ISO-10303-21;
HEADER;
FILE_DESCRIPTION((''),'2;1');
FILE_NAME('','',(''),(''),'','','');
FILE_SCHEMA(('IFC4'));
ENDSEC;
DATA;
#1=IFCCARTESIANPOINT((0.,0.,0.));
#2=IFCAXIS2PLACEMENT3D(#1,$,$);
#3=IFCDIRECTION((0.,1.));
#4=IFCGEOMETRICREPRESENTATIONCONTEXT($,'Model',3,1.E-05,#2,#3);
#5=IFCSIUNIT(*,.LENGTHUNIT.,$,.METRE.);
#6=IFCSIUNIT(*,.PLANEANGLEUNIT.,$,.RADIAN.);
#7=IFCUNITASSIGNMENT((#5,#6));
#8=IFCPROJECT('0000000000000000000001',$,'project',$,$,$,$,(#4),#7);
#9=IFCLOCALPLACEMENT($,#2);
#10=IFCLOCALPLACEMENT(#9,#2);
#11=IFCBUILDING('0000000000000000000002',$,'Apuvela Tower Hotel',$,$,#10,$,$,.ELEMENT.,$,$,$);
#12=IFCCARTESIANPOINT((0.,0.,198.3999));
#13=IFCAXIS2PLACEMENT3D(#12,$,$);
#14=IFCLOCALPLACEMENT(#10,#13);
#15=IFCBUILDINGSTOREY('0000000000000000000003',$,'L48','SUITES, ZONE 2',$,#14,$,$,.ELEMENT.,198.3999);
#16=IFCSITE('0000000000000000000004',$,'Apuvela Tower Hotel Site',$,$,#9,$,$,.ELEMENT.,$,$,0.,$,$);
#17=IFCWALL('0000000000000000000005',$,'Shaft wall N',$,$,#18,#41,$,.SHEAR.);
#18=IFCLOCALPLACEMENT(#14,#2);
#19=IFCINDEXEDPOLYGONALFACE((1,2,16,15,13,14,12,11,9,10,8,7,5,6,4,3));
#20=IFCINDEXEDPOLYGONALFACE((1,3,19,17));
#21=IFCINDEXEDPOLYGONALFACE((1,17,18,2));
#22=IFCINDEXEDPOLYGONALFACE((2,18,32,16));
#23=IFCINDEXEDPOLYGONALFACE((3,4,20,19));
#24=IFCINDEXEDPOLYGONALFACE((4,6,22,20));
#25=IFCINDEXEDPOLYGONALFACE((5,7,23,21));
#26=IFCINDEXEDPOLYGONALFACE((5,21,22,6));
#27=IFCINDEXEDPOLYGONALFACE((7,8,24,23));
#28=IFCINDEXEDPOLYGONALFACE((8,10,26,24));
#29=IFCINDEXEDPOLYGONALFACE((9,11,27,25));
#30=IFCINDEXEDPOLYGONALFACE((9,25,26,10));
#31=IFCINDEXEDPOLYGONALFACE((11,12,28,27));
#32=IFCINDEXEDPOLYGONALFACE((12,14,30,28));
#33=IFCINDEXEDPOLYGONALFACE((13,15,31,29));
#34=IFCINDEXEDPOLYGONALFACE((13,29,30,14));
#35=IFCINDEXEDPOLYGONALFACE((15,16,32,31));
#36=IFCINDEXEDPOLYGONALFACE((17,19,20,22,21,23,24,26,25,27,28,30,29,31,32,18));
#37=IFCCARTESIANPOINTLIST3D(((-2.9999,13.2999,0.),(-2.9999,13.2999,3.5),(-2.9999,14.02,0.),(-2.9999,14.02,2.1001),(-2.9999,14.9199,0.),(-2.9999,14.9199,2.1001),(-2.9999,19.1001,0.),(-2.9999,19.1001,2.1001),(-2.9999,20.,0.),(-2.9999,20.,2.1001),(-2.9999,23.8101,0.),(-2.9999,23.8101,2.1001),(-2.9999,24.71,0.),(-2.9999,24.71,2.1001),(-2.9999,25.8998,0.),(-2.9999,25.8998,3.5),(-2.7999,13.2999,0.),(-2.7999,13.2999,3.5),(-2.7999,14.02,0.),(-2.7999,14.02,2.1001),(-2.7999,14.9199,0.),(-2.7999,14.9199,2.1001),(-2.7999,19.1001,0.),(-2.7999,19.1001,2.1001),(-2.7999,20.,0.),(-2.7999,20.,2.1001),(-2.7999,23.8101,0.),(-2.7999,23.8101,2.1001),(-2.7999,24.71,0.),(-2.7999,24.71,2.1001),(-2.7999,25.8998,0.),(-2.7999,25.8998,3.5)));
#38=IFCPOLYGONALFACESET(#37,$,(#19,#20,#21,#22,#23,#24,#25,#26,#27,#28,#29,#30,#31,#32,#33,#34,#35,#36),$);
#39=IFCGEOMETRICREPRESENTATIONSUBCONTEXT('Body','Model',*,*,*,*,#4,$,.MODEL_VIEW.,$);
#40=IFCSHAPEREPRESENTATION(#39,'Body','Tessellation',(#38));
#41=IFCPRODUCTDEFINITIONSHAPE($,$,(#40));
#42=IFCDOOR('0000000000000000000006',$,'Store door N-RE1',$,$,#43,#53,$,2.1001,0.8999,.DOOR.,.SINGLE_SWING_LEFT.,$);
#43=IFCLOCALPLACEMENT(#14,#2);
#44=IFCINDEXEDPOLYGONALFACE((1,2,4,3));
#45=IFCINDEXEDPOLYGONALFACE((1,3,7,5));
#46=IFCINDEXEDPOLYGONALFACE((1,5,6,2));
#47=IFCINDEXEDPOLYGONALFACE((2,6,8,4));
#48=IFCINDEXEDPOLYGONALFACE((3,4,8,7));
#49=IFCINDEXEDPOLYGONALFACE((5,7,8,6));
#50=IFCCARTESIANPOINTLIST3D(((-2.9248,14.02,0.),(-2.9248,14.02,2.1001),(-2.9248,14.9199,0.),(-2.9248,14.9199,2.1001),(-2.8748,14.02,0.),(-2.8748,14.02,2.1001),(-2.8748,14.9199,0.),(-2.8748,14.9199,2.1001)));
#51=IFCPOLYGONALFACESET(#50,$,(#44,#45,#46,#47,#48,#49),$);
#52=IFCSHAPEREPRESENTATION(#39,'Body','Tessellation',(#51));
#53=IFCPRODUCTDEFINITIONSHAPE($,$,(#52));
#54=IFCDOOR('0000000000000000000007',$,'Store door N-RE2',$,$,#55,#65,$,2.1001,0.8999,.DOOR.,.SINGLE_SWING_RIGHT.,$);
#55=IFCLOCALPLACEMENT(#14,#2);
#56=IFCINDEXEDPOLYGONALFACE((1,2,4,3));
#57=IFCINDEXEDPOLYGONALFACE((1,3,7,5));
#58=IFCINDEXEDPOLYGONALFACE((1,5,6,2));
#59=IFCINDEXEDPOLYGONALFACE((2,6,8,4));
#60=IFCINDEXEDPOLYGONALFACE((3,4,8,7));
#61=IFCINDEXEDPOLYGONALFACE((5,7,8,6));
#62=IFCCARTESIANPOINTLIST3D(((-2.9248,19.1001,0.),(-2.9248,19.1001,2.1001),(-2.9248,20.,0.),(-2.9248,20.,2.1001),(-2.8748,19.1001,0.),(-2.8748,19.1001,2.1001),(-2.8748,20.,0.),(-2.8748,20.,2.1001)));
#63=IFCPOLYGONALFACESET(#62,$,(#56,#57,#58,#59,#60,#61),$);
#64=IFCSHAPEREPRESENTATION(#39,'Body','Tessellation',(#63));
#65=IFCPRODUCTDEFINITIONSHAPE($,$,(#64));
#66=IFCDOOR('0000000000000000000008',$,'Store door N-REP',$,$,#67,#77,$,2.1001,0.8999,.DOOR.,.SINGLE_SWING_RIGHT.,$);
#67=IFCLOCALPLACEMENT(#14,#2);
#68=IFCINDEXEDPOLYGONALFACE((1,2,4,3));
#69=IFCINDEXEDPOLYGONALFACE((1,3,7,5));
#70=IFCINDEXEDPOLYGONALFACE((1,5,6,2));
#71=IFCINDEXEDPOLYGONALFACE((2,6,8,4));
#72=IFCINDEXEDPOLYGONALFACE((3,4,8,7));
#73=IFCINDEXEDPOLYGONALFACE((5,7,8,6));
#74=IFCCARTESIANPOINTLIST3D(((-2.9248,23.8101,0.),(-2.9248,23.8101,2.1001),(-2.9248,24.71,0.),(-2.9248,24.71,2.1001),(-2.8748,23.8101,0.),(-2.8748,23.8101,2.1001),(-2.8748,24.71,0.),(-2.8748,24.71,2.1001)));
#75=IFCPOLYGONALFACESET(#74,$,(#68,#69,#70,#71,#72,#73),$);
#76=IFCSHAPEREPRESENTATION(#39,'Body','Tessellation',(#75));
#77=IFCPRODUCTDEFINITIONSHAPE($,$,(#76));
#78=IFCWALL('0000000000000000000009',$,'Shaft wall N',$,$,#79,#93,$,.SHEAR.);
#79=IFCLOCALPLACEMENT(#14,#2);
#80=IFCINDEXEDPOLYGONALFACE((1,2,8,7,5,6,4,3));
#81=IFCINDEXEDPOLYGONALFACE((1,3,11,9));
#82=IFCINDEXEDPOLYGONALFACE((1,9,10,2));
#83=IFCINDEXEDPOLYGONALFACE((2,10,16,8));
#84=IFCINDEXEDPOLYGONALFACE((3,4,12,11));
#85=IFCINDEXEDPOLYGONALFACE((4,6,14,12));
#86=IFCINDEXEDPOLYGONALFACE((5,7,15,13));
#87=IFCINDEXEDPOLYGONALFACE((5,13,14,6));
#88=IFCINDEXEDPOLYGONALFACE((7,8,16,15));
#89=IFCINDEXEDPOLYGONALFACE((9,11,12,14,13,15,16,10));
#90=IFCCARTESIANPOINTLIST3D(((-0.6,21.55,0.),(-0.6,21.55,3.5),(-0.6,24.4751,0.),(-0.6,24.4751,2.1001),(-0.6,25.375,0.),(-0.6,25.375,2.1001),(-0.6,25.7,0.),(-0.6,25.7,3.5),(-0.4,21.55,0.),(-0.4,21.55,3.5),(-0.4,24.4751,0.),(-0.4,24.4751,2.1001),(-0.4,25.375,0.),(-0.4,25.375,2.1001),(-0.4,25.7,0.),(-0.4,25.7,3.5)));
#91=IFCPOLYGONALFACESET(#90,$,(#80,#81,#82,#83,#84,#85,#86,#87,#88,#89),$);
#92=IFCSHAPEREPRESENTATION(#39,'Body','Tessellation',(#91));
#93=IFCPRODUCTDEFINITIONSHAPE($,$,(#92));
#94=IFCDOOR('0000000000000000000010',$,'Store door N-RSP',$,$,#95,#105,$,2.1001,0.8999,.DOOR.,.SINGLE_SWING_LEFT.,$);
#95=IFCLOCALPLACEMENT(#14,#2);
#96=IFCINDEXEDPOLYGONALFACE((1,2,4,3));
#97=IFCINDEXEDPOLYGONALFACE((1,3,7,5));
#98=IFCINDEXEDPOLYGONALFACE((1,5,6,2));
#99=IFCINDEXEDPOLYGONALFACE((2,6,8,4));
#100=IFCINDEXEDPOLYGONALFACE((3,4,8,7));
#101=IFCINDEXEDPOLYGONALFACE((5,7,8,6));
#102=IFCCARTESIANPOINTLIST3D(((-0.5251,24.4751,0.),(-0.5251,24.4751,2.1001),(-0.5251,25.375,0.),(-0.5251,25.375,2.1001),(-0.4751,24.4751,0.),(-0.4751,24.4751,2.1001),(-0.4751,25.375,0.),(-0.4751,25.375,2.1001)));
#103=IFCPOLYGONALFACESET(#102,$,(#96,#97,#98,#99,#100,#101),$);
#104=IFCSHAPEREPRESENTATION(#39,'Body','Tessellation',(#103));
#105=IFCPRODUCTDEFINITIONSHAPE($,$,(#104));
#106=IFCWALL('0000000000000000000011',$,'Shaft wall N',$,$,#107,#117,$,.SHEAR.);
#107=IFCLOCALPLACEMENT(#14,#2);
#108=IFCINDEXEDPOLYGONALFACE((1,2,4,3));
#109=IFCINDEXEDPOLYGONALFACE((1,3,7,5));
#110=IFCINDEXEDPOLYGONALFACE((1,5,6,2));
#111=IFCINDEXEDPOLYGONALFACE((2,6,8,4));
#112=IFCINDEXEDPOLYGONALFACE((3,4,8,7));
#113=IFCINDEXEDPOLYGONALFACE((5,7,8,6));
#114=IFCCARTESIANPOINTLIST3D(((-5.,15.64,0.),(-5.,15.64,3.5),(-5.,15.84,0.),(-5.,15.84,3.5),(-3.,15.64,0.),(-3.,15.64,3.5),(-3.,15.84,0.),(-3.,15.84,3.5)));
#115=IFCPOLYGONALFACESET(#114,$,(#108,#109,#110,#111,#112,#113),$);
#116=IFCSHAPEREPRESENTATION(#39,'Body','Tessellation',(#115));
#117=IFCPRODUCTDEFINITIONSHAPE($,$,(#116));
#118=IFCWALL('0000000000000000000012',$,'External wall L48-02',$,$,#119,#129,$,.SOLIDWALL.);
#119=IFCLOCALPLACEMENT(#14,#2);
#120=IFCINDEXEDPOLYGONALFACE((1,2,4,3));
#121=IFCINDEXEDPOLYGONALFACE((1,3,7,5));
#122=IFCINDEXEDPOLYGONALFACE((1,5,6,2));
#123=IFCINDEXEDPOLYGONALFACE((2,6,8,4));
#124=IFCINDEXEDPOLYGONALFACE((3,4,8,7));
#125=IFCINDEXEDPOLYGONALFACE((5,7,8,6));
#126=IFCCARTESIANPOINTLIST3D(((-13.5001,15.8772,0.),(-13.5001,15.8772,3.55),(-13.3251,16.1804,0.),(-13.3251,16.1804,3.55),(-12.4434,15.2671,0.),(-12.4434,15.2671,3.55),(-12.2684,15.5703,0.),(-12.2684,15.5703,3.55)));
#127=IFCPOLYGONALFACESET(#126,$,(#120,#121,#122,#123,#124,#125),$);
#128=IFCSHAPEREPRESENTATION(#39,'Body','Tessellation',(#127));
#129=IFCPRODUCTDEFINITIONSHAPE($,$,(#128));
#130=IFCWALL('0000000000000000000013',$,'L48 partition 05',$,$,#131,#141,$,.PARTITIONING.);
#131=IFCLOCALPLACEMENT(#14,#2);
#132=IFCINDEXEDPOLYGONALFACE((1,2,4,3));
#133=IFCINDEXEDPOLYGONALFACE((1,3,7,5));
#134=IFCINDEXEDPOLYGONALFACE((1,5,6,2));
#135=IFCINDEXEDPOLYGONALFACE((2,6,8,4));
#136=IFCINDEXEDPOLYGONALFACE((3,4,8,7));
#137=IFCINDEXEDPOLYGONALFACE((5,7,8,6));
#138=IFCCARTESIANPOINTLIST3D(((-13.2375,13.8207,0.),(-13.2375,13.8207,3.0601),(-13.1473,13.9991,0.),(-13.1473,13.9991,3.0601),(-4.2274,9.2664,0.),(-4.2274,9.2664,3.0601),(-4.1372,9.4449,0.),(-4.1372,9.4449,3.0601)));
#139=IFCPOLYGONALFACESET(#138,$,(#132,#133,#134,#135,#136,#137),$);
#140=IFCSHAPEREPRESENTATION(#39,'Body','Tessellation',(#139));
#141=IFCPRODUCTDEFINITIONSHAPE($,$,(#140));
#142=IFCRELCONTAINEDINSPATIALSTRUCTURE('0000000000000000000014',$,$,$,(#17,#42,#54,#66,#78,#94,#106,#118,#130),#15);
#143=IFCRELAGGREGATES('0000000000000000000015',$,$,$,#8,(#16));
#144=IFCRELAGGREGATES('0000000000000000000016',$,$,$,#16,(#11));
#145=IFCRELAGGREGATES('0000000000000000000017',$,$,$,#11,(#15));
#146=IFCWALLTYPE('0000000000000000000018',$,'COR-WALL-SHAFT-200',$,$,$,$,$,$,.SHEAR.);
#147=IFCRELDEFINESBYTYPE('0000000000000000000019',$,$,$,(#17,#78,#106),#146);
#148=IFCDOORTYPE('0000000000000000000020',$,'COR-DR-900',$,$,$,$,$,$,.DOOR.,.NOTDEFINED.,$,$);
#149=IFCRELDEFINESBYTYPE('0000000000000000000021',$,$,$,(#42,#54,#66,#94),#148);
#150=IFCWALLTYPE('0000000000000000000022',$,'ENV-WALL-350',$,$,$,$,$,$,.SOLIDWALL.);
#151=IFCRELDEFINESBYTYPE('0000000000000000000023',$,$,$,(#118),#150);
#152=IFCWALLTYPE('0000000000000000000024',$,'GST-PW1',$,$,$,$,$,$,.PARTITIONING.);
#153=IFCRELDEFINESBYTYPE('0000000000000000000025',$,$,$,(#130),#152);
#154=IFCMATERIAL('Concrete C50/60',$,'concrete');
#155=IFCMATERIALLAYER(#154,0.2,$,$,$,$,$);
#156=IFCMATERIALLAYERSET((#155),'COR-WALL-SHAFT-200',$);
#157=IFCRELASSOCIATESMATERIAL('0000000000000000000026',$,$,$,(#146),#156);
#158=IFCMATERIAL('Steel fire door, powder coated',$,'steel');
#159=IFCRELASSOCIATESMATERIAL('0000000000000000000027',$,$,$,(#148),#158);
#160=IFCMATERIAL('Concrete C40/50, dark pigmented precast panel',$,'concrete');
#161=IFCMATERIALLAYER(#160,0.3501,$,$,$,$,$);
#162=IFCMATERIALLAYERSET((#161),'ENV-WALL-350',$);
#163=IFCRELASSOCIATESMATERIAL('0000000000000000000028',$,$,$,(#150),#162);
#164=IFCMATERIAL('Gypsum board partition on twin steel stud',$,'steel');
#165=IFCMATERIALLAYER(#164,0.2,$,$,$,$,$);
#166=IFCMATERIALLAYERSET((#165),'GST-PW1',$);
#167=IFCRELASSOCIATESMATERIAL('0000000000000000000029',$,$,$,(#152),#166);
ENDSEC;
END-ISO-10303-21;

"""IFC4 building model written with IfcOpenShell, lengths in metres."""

from ifc_helpers import new_model, si_unit, direction, frame, frame_2d, origin, place, context, subcontext, project, spatial, rectangle, extrude, material, layer, layer_set, type_object, element, fill, save


model = new_model("IFC4")

# Units and contexts
model_context = context("Model", 3, precision=1e-05, world=origin(), true_north=direction((0.0, 1.0)))
body_context = subcontext(model_context, "Body", "Model", "MODEL_VIEW")
ifc_project = project(units=[si_unit("LENGTHUNIT", "METRE"), si_unit("PLANEANGLEUNIT", "RADIAN")], contexts=[model_context])

# Site, building, storey
site_placement = place(None, origin())
site = spatial("IfcSite", under=ifc_project, at=site_placement, Name="Apuvela Tower Hotel Site", CompositionType="ELEMENT", RefElevation=0.0)
building_placement = place(site_placement, origin())
building = spatial("IfcBuilding", under=site, at=building_placement, Name="Apuvela Tower Hotel", CompositionType="ELEMENT")
storey_placement = place(building_placement, frame((0.0, 0.0, 198.3999)))
storey = spatial("IfcBuildingStorey", under=building, at=storey_placement, Name="L48", Description="SUITES, ZONE 2", CompositionType="ELEMENT", Elevation=198.3999)

# Shared definitions
ifc_material_1 = material(Name="Concrete C50/60", Category="concrete")
ifc_layer_1 = layer(ifc_material_1, 0.2)
ifc_layer_set_1 = layer_set([ifc_layer_1], Name="COR-WALL-SHAFT-200")
wall_type_1 = type_object("IfcWallType", Name="COR-WALL-SHAFT-200", PredefinedType="SHEAR", material=ifc_layer_set_1)

# Wall, openings, doors
wall_1_placement = place(storey_placement, frame((-2.8999, 13.3, 0.0), z_axis=(0.0, 0.0, 1.0), x_axis=(0.0, 1.0, 0.0)))
wall_1 = element("IfcWall", 1, at=wall_1_placement, inside=storey, type_object=wall_type_1, Name="Shaft wall N", PredefinedType="SHEAR", context=body_context, shape_type="SweptSolid", body=[
    extrude(rectangle(XDim=12.5999, YDim=0.2, at=frame_2d((6.2998, 0.0))), origin(), (0.0, 0.0, 1.0), 3.5),
])
opening_1_placement = place(wall_1_placement, frame((0.72, 0.0, 0.0)))
opening_1 = element("IfcOpeningElement", 2, at=opening_1_placement, cuts=wall_1, PredefinedType="OPENING", context=body_context, shape_type="SweptSolid", body=[
    extrude(rectangle(XDim=0.8999, YDim=2.1001, at=frame_2d((0.45, 1.05))), frame((0.0, 0.1099, 0.0), z_axis=(0.0, -1.0, 0.0), x_axis=(1.0, 0.0, 0.0)), (0.0, 0.0, 1.0), 0.22),
])
opening_2_placement = place(wall_1_placement, frame((5.8, 0.0, 0.0)))
opening_2 = element("IfcOpeningElement", 3, at=opening_2_placement, cuts=wall_1, PredefinedType="OPENING", context=body_context, shape_type="SweptSolid", body=[
    extrude(rectangle(XDim=0.8999, YDim=2.1001, at=frame_2d((0.45, 1.05))), frame((0.0, 0.1099, 0.0), z_axis=(0.0, -1.0, 0.0), x_axis=(1.0, 0.0, 0.0)), (0.0, 0.0, 1.0), 0.22),
])
opening_3_placement = place(wall_1_placement, frame((10.51, 0.0, 0.0)))
opening_3 = element("IfcOpeningElement", 4, at=opening_3_placement, cuts=wall_1, PredefinedType="OPENING", context=body_context, shape_type="SweptSolid", body=[
    extrude(rectangle(XDim=0.8999, YDim=2.1001, at=frame_2d((0.45, 1.05))), frame((0.0, 0.1099, 0.0), z_axis=(0.0, -1.0, 0.0), x_axis=(1.0, 0.0, 0.0)), (0.0, 0.0, 1.0), 0.22),
])
ifc_material_2 = material(Name="Steel fire door, powder coated", Category="steel")
door_type_1 = type_object("IfcDoorType", Name="COR-DR-900", OperationType="NOTDEFINED", PredefinedType="DOOR", material=ifc_material_2)
door_1_placement = place(opening_1_placement, origin())
door_1 = element("IfcDoor", 5, at=door_1_placement, inside=storey, type_object=door_type_1, Name="Store door N-RE1", OperationType="SINGLE_SWING_LEFT", OverallHeight=2.1001, OverallWidth=0.8999, PredefinedType="DOOR", context=body_context, shape_type="SweptSolid", body=[
    extrude(rectangle(XDim=0.8999, YDim=2.1001, at=frame_2d((0.45, 1.05))), frame((0.0, 0.0249, 0.0), z_axis=(0.0, -1.0, 0.0), x_axis=(1.0, 0.0, 0.0)), (0.0, 0.0, 1.0), 0.05),
])
fill(opening_1, door_1)
door_2_placement = place(opening_2_placement, origin())
door_2 = element("IfcDoor", 6, at=door_2_placement, inside=storey, type_object=door_type_1, Name="Store door N-RE2", OperationType="SINGLE_SWING_RIGHT", OverallHeight=2.1001, OverallWidth=0.8999, PredefinedType="DOOR", context=body_context, shape_type="SweptSolid", body=[
    extrude(rectangle(XDim=0.8999, YDim=2.1001, at=frame_2d((0.45, 1.05))), frame((0.0, 0.0249, 0.0), z_axis=(0.0, -1.0, 0.0), x_axis=(1.0, 0.0, 0.0)), (0.0, 0.0, 1.0), 0.05),
])
fill(opening_2, door_2)
door_3_placement = place(opening_3_placement, origin())
door_3 = element("IfcDoor", 7, at=door_3_placement, inside=storey, type_object=door_type_1, Name="Store door N-REP", OperationType="SINGLE_SWING_RIGHT", OverallHeight=2.1001, OverallWidth=0.8999, PredefinedType="DOOR", context=body_context, shape_type="SweptSolid", body=[
    extrude(rectangle(XDim=0.8999, YDim=2.1001, at=frame_2d((0.45, 1.05))), frame((0.0, 0.0249, 0.0), z_axis=(0.0, -1.0, 0.0), x_axis=(1.0, 0.0, 0.0)), (0.0, 0.0, 1.0), 0.05),
])
fill(opening_3, door_3)

# Wall, opening, door
wall_2_placement = place(storey_placement, frame((-0.5, 21.55, 0.0), z_axis=(0.0, 0.0, 1.0), x_axis=(0.0, 1.0, 0.0)))
wall_2 = element("IfcWall", 8, at=wall_2_placement, inside=storey, type_object=wall_type_1, Name="Shaft wall N", PredefinedType="SHEAR", context=body_context, shape_type="SweptSolid", body=[
    extrude(rectangle(XDim=4.1499, YDim=0.2, at=frame_2d((2.075, 0.0))), origin(), (0.0, 0.0, 1.0), 3.5),
])
opening_4_placement = place(wall_2_placement, frame((2.925, 0.0, 0.0)))
opening_4 = element("IfcOpeningElement", 9, at=opening_4_placement, cuts=wall_2, PredefinedType="OPENING", context=body_context, shape_type="SweptSolid", body=[
    extrude(rectangle(XDim=0.8999, YDim=2.1001, at=frame_2d((0.45, 1.05))), frame((0.0, 0.1099, 0.0), z_axis=(0.0, -1.0, 0.0), x_axis=(1.0, 0.0, 0.0)), (0.0, 0.0, 1.0), 0.22),
])
door_4_placement = place(opening_4_placement, frame((0.8999, 0.0, 0.0), z_axis=(0.0, 0.0, 1.0), x_axis=(-1.0, 0.0, 0.0)))
door_4 = element("IfcDoor", 10, at=door_4_placement, inside=storey, type_object=door_type_1, Name="Store door N-RSP", OperationType="SINGLE_SWING_LEFT", OverallHeight=2.1001, OverallWidth=0.8999, PredefinedType="DOOR", context=body_context, shape_type="SweptSolid", body=[
    extrude(rectangle(XDim=0.8999, YDim=2.1001, at=frame_2d((0.45, 1.05))), frame((0.0, 0.0249, 0.0), z_axis=(0.0, -1.0, 0.0), x_axis=(1.0, 0.0, 0.0)), (0.0, 0.0, 1.0), 0.05),
])
fill(opening_4, door_4)

# Walls
wall_3_placement = place(storey_placement, frame((-3.0, 15.74, 0.0), z_axis=(0.0, 0.0, 1.0), x_axis=(-1.0, 0.0, 0.0)))
element("IfcWall", 11, at=wall_3_placement, inside=storey, type_object=wall_type_1, Name="Shaft wall N", PredefinedType="SHEAR", context=body_context, shape_type="SweptSolid", body=[
    extrude(rectangle(XDim=2.0, YDim=0.2, at=frame_2d((1.0, 0.0))), origin(), (0.0, 0.0, 1.0), 3.5),
])
ifc_material_3 = material(Name="Concrete C40/50, dark pigmented precast panel", Category="concrete")
ifc_layer_2 = layer(ifc_material_3, 0.3501)
ifc_layer_set_2 = layer_set([ifc_layer_2], Name="ENV-WALL-350")
wall_type_2 = type_object("IfcWallType", Name="ENV-WALL-350", PredefinedType="SOLIDWALL", material=ifc_layer_set_2)
wall_4_placement = place(storey_placement, frame((-13.4126, 16.0288, 0.0), z_axis=(0.0, 0.0, 1.0), x_axis=(0.866006, -0.500034, 0.0)))
element("IfcWall", 12, at=wall_4_placement, inside=storey, type_object=wall_type_2, Name="External wall L48-02", PredefinedType="SOLIDWALL", context=body_context, shape_type="SweptSolid", body=[
    extrude(rectangle(XDim=1.2202, YDim=0.3501, at=frame_2d((0.6101, 0.0))), origin(), (0.0, 0.0, 1.0), 3.55),
])

# Wall
ifc_material_4 = material(Name="Gypsum board partition on twin steel stud", Category="steel")
ifc_layer_3 = layer(ifc_material_4, 0.2)
ifc_layer_set_3 = layer_set([ifc_layer_3], Name="GST-PW1")
wall_type_3 = type_object("IfcWallType", Name="GST-PW1", PredefinedType="PARTITIONING", material=ifc_layer_set_3)
wall_5_placement = place(storey_placement, frame((-13.1924, 13.9099, 0.0), z_axis=(0.0, 0.0, 1.0), x_axis=(0.89247, -0.451108, 0.0)))
element("IfcWall", 13, at=wall_5_placement, inside=storey, type_object=wall_type_3, Name="L48 partition 05", PredefinedType="PARTITIONING", context=body_context, shape_type="SweptSolid", body=[
    extrude(rectangle(XDim=10.0957, YDim=0.2, at=frame_2d((5.0479, 0.0))), origin(), (0.0, 0.0, 1.0), 3.0601),
])

save(model, "model.ifc")
